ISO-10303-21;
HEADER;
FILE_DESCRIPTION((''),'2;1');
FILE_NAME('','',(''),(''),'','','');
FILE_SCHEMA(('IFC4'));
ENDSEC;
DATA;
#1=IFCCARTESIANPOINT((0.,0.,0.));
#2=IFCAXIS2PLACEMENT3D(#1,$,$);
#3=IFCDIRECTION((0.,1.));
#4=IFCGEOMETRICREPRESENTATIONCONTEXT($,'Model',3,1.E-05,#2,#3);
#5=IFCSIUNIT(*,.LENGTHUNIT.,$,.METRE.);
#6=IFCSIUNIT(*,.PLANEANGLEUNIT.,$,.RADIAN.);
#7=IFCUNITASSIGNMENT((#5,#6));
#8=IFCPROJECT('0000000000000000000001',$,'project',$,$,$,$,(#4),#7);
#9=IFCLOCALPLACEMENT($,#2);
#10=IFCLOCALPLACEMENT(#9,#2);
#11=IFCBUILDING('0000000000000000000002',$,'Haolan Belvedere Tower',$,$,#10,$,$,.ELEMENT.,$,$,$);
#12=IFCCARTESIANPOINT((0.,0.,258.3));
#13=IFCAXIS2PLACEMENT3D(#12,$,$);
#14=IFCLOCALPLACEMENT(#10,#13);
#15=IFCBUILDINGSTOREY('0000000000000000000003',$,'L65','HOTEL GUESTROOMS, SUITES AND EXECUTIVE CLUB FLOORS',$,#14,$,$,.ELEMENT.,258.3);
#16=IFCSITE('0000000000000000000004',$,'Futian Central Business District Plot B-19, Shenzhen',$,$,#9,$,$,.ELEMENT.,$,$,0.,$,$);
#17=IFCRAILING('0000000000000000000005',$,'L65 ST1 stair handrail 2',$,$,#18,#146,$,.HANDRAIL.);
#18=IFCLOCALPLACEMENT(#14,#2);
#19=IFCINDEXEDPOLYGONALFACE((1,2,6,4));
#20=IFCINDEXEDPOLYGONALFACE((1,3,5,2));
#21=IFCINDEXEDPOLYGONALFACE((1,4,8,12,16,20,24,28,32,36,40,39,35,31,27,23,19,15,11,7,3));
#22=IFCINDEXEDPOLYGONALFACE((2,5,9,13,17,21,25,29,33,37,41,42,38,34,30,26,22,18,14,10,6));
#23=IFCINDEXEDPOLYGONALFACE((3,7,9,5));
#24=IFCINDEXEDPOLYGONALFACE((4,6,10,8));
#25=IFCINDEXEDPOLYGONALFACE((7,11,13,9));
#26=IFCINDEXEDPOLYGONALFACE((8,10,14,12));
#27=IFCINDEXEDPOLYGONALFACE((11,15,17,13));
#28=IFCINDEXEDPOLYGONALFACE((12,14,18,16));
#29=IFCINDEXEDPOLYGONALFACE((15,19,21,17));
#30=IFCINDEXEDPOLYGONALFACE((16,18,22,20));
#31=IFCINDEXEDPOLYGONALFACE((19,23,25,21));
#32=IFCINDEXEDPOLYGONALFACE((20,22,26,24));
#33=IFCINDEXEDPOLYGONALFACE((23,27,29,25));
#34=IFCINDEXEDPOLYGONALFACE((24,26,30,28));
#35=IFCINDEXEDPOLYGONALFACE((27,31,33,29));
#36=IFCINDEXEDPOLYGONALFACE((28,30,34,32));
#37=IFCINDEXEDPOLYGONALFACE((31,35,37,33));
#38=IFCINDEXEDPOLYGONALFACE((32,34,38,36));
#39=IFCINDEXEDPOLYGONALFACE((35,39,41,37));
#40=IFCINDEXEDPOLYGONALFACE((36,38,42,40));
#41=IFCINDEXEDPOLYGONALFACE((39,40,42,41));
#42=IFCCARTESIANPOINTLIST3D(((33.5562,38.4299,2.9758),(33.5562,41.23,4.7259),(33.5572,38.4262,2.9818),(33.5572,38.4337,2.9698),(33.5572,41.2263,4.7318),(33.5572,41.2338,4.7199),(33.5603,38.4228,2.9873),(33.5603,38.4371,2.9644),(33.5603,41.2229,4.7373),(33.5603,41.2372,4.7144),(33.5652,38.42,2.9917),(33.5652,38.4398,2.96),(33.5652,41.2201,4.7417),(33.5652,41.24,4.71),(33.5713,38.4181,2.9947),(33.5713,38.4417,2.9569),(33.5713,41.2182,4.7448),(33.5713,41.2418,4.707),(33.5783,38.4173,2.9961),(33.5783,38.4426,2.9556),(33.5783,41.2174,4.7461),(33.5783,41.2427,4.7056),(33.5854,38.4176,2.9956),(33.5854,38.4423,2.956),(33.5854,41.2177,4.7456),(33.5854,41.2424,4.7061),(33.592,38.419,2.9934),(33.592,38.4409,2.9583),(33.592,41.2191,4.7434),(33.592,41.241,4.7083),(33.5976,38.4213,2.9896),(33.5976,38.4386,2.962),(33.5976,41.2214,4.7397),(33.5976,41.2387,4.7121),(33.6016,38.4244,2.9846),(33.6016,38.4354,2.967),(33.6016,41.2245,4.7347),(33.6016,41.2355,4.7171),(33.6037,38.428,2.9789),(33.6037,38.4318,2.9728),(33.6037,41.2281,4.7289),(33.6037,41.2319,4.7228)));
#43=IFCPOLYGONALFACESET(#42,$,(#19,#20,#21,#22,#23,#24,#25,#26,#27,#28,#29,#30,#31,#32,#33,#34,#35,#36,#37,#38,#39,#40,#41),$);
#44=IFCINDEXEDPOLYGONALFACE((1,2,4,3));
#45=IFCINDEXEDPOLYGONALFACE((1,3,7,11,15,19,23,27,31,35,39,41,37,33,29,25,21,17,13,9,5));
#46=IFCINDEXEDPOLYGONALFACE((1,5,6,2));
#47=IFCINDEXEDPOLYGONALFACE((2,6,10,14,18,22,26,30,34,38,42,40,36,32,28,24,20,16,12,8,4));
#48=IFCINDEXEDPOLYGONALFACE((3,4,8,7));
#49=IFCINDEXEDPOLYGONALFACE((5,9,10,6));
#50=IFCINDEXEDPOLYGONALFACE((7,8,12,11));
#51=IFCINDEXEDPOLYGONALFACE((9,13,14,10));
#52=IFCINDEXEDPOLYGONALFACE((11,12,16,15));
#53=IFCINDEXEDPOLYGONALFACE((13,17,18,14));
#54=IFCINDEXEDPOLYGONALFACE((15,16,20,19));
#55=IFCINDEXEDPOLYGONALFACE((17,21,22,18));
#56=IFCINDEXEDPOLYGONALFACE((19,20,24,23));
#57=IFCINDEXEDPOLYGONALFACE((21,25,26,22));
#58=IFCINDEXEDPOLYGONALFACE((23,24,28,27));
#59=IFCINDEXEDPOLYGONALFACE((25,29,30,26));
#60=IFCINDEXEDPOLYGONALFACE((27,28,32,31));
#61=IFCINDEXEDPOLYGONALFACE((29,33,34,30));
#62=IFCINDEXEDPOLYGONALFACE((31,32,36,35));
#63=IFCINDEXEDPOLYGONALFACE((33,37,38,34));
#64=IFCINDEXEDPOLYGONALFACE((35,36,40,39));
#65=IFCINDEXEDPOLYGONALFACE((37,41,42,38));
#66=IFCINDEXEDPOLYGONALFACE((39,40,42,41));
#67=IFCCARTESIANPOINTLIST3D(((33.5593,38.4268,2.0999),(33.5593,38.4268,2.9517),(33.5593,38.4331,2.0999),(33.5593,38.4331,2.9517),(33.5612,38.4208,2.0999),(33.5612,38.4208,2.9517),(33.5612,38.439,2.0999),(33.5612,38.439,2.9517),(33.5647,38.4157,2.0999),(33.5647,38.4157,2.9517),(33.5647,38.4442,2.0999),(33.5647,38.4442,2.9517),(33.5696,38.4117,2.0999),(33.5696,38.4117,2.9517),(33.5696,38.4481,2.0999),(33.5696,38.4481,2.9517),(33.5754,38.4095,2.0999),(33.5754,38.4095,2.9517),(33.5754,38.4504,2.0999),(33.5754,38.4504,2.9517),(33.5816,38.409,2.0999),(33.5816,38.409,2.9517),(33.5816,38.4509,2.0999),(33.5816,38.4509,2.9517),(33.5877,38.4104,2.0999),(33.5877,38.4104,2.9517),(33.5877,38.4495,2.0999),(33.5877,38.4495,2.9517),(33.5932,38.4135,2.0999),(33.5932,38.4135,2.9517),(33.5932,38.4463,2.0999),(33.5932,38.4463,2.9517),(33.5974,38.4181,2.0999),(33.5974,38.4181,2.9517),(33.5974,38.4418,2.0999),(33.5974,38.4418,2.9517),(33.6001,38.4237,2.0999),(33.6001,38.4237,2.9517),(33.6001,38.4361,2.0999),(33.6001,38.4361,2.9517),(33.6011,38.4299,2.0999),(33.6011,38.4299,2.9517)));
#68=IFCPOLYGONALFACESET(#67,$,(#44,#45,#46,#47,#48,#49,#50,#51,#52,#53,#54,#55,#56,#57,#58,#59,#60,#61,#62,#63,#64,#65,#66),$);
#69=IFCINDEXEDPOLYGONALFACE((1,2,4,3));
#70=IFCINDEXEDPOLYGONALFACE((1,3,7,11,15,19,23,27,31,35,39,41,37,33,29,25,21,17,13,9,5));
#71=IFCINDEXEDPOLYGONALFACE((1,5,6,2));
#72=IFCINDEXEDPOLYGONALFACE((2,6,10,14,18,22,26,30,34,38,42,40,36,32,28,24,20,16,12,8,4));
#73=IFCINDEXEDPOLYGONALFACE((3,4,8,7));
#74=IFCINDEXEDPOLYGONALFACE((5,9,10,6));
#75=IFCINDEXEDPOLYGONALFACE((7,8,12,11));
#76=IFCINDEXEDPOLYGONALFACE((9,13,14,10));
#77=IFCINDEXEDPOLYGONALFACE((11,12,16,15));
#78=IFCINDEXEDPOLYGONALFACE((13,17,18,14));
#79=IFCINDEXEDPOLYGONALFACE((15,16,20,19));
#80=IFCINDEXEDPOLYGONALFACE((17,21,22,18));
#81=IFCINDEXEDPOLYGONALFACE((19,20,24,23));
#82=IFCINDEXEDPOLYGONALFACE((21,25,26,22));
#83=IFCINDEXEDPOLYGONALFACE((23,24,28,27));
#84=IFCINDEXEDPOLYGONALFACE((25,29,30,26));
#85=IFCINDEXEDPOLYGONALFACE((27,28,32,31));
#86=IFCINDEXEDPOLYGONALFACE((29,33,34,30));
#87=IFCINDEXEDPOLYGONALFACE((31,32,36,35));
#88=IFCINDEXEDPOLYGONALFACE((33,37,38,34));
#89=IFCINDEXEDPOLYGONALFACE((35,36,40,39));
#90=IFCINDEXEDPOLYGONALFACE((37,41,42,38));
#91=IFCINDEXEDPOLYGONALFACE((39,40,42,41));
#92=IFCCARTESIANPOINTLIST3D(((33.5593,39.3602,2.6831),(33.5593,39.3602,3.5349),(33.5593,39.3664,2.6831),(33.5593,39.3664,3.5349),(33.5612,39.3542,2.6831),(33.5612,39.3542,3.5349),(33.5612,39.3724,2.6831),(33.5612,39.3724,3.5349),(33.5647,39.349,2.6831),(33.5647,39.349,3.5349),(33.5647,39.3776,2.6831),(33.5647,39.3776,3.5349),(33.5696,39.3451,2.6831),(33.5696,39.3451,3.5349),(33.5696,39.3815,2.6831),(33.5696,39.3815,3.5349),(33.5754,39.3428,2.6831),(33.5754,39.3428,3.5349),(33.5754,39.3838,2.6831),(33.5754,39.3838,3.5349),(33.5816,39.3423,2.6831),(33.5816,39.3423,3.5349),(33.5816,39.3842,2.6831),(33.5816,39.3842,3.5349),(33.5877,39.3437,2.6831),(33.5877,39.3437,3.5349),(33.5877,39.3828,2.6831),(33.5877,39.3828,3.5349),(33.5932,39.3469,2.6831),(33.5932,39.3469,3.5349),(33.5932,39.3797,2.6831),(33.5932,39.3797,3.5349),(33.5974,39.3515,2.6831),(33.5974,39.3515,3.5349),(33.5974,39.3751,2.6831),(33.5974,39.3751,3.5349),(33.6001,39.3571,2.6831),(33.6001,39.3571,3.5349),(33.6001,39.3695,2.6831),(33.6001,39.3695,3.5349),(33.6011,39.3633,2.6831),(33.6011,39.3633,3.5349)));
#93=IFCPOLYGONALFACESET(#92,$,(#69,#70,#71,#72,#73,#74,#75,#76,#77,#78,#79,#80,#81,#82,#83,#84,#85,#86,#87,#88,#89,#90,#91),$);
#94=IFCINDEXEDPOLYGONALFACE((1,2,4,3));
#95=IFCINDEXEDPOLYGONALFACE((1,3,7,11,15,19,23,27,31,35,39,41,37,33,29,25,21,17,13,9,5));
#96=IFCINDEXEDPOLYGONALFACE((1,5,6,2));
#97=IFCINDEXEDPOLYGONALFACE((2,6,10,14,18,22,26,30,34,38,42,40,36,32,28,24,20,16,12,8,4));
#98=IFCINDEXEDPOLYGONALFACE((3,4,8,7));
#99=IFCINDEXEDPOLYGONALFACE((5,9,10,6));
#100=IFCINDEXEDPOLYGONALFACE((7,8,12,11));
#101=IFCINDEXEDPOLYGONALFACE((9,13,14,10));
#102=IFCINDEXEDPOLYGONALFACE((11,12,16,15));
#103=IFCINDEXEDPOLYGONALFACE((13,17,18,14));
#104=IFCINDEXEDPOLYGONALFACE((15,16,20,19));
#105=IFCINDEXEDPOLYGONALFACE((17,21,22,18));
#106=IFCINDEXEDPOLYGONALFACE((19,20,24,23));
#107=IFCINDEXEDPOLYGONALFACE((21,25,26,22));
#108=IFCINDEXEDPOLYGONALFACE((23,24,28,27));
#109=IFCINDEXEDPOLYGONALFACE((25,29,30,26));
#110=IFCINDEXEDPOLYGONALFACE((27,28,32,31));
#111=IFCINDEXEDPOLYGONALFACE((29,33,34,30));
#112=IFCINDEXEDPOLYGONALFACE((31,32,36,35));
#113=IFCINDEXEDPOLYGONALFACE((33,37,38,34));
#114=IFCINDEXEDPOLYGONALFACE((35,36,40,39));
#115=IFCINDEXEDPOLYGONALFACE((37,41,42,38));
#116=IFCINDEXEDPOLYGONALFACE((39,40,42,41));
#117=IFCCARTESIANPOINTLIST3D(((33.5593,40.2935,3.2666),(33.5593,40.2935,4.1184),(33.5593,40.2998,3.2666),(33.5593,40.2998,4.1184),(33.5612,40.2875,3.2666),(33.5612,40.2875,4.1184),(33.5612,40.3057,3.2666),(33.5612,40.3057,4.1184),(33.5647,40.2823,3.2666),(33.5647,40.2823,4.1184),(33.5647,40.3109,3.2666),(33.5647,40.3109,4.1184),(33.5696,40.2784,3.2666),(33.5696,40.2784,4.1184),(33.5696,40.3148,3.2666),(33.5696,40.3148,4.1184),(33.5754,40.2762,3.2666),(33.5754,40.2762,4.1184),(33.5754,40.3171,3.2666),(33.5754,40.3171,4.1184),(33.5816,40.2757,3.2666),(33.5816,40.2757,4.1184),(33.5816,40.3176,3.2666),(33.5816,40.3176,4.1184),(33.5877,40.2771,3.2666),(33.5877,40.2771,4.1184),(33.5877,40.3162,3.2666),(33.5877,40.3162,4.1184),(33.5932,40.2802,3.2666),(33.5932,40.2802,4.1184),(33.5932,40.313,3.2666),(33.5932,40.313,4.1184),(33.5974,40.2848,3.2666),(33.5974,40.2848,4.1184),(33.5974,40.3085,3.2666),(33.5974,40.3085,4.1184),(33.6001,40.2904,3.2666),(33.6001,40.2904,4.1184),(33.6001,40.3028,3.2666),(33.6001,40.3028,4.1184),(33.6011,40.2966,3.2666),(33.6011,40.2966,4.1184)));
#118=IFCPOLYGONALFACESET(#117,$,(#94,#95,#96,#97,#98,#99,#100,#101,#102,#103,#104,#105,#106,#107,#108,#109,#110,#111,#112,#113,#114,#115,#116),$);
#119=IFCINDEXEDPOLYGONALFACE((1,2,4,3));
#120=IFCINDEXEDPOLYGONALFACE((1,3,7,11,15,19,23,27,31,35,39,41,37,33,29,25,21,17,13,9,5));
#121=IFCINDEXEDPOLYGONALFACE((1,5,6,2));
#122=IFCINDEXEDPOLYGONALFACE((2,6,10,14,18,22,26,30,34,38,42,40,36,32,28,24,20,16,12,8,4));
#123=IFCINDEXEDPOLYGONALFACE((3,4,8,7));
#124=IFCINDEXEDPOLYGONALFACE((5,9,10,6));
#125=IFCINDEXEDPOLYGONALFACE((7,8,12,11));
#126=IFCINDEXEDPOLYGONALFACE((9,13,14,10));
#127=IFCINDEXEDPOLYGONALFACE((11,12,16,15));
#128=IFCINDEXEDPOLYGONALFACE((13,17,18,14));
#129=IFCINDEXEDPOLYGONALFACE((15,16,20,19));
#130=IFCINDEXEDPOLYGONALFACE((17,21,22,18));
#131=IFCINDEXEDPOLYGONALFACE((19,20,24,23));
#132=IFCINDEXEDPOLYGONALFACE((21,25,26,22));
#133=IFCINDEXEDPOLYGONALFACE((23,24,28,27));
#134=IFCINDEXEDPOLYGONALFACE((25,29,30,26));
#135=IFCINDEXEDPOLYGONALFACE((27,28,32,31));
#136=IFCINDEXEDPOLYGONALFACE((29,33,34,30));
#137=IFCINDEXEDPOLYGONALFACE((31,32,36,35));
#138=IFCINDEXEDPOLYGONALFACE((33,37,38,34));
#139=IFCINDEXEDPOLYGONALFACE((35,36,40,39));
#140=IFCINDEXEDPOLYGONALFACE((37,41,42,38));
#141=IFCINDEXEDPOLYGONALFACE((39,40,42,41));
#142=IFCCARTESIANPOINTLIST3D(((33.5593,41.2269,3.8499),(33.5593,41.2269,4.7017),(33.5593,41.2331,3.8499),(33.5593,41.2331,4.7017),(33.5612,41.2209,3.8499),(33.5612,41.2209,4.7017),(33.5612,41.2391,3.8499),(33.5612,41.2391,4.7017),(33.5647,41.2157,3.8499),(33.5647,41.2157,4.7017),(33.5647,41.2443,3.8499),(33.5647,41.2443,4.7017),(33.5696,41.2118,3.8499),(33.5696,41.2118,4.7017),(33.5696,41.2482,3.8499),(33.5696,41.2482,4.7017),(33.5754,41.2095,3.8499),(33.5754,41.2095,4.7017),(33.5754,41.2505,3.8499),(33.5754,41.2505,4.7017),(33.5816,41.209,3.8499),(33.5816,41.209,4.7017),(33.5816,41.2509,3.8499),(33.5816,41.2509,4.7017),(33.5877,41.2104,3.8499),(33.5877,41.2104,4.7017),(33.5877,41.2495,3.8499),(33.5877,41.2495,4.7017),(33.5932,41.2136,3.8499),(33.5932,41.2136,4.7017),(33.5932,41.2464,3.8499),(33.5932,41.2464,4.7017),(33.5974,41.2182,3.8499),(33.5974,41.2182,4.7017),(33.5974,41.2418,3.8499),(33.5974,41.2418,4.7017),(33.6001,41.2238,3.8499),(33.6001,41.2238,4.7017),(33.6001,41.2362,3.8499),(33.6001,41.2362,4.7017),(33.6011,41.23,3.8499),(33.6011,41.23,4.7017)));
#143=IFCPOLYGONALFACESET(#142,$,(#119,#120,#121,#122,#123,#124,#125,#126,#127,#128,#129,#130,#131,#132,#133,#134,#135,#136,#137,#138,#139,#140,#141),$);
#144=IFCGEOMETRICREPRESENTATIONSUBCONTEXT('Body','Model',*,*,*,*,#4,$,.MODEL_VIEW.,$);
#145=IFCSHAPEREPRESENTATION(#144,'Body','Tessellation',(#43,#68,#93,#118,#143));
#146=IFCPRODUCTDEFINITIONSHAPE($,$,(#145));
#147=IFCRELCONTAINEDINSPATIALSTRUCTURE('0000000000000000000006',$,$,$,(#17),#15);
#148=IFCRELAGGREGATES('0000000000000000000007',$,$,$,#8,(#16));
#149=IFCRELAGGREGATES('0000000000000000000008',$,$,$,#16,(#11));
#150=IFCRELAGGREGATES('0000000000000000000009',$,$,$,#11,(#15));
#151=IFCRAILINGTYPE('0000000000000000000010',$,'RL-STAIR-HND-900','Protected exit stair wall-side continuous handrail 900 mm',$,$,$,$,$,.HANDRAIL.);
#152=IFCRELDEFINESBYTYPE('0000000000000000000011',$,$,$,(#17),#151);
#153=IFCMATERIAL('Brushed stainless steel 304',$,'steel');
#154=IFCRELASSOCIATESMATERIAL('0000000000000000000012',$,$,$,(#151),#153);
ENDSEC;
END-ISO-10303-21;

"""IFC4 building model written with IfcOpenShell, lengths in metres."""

from ifc_helpers import new_model, si_unit, direction, frame, origin, origin_2d, place, context, subcontext, project, spatial, circle, extrude, material, type_object, element, save


model = new_model("IFC4")

# Units and contexts
model_context = context("Model", 3, precision=1e-05, world=origin(), true_north=direction((0.0, 1.0)))
body_context = subcontext(model_context, "Body", "Model", "MODEL_VIEW")
ifc_project = project(units=[si_unit("LENGTHUNIT", "METRE"), si_unit("PLANEANGLEUNIT", "RADIAN")], contexts=[model_context])

# Site, building, storey
site_placement = place(None, origin())
site = spatial("IfcSite", under=ifc_project, at=site_placement, Name="Futian Central Business District Plot B-19, Shenzhen", CompositionType="ELEMENT", RefElevation=0.0)
building_placement = place(site_placement, origin())
building = spatial("IfcBuilding", under=site, at=building_placement, Name="Haolan Belvedere Tower", CompositionType="ELEMENT")
storey_placement = place(building_placement, frame((0.0, 0.0, 258.3)))
storey = spatial("IfcBuildingStorey", under=building, at=storey_placement, Name="L65", Description="HOTEL GUESTROOMS, SUITES AND EXECUTIVE CLUB FLOORS", CompositionType="ELEMENT", Elevation=258.3)

# Railing
ifc_material_1 = material(Name="Brushed stainless steel 304", Category="steel")
railing_type_1 = type_object("IfcRailingType", Name="RL-STAIR-HND-900", Description="Protected exit stair wall-side continuous handrail 900 mm", PredefinedType="HANDRAIL", material=ifc_material_1)
railing_1_placement = place(storey_placement, frame((33.5801, 38.4299, 2.0999)))
element("IfcRailing", 1, at=railing_1_placement, inside=storey, type_object=railing_type_1, Name="L65 ST1 stair handrail 2", PredefinedType="HANDRAIL", context=body_context, shape_type="SweptSolid", body=[
    extrude(circle(Radius=0.0239, at=origin_2d()), frame((0.0, 0.0, 0.876), z_axis=(0.0, 0.848002, 0.529992), x_axis=(-1.0, 0.0, 0.0)), (0.0, 0.0, 1.0), 3.302),
    extrude(circle(Radius=0.021, at=origin_2d()), origin(), (0.0, 0.0, 1.0), 0.8518),
    extrude(circle(Radius=0.021, at=origin_2d()), frame((0.0, 0.9333, 0.5833)), (0.0, 0.0, 1.0), 0.8518),
    extrude(circle(Radius=0.021, at=origin_2d()), frame((0.0, 1.8667, 1.1667)), (0.0, 0.0, 1.0), 0.8518),
    extrude(circle(Radius=0.021, at=origin_2d()), frame((0.0, 2.8, 1.75)), (0.0, 0.0, 1.0), 0.8518),
])

save(model, "model.ifc")
